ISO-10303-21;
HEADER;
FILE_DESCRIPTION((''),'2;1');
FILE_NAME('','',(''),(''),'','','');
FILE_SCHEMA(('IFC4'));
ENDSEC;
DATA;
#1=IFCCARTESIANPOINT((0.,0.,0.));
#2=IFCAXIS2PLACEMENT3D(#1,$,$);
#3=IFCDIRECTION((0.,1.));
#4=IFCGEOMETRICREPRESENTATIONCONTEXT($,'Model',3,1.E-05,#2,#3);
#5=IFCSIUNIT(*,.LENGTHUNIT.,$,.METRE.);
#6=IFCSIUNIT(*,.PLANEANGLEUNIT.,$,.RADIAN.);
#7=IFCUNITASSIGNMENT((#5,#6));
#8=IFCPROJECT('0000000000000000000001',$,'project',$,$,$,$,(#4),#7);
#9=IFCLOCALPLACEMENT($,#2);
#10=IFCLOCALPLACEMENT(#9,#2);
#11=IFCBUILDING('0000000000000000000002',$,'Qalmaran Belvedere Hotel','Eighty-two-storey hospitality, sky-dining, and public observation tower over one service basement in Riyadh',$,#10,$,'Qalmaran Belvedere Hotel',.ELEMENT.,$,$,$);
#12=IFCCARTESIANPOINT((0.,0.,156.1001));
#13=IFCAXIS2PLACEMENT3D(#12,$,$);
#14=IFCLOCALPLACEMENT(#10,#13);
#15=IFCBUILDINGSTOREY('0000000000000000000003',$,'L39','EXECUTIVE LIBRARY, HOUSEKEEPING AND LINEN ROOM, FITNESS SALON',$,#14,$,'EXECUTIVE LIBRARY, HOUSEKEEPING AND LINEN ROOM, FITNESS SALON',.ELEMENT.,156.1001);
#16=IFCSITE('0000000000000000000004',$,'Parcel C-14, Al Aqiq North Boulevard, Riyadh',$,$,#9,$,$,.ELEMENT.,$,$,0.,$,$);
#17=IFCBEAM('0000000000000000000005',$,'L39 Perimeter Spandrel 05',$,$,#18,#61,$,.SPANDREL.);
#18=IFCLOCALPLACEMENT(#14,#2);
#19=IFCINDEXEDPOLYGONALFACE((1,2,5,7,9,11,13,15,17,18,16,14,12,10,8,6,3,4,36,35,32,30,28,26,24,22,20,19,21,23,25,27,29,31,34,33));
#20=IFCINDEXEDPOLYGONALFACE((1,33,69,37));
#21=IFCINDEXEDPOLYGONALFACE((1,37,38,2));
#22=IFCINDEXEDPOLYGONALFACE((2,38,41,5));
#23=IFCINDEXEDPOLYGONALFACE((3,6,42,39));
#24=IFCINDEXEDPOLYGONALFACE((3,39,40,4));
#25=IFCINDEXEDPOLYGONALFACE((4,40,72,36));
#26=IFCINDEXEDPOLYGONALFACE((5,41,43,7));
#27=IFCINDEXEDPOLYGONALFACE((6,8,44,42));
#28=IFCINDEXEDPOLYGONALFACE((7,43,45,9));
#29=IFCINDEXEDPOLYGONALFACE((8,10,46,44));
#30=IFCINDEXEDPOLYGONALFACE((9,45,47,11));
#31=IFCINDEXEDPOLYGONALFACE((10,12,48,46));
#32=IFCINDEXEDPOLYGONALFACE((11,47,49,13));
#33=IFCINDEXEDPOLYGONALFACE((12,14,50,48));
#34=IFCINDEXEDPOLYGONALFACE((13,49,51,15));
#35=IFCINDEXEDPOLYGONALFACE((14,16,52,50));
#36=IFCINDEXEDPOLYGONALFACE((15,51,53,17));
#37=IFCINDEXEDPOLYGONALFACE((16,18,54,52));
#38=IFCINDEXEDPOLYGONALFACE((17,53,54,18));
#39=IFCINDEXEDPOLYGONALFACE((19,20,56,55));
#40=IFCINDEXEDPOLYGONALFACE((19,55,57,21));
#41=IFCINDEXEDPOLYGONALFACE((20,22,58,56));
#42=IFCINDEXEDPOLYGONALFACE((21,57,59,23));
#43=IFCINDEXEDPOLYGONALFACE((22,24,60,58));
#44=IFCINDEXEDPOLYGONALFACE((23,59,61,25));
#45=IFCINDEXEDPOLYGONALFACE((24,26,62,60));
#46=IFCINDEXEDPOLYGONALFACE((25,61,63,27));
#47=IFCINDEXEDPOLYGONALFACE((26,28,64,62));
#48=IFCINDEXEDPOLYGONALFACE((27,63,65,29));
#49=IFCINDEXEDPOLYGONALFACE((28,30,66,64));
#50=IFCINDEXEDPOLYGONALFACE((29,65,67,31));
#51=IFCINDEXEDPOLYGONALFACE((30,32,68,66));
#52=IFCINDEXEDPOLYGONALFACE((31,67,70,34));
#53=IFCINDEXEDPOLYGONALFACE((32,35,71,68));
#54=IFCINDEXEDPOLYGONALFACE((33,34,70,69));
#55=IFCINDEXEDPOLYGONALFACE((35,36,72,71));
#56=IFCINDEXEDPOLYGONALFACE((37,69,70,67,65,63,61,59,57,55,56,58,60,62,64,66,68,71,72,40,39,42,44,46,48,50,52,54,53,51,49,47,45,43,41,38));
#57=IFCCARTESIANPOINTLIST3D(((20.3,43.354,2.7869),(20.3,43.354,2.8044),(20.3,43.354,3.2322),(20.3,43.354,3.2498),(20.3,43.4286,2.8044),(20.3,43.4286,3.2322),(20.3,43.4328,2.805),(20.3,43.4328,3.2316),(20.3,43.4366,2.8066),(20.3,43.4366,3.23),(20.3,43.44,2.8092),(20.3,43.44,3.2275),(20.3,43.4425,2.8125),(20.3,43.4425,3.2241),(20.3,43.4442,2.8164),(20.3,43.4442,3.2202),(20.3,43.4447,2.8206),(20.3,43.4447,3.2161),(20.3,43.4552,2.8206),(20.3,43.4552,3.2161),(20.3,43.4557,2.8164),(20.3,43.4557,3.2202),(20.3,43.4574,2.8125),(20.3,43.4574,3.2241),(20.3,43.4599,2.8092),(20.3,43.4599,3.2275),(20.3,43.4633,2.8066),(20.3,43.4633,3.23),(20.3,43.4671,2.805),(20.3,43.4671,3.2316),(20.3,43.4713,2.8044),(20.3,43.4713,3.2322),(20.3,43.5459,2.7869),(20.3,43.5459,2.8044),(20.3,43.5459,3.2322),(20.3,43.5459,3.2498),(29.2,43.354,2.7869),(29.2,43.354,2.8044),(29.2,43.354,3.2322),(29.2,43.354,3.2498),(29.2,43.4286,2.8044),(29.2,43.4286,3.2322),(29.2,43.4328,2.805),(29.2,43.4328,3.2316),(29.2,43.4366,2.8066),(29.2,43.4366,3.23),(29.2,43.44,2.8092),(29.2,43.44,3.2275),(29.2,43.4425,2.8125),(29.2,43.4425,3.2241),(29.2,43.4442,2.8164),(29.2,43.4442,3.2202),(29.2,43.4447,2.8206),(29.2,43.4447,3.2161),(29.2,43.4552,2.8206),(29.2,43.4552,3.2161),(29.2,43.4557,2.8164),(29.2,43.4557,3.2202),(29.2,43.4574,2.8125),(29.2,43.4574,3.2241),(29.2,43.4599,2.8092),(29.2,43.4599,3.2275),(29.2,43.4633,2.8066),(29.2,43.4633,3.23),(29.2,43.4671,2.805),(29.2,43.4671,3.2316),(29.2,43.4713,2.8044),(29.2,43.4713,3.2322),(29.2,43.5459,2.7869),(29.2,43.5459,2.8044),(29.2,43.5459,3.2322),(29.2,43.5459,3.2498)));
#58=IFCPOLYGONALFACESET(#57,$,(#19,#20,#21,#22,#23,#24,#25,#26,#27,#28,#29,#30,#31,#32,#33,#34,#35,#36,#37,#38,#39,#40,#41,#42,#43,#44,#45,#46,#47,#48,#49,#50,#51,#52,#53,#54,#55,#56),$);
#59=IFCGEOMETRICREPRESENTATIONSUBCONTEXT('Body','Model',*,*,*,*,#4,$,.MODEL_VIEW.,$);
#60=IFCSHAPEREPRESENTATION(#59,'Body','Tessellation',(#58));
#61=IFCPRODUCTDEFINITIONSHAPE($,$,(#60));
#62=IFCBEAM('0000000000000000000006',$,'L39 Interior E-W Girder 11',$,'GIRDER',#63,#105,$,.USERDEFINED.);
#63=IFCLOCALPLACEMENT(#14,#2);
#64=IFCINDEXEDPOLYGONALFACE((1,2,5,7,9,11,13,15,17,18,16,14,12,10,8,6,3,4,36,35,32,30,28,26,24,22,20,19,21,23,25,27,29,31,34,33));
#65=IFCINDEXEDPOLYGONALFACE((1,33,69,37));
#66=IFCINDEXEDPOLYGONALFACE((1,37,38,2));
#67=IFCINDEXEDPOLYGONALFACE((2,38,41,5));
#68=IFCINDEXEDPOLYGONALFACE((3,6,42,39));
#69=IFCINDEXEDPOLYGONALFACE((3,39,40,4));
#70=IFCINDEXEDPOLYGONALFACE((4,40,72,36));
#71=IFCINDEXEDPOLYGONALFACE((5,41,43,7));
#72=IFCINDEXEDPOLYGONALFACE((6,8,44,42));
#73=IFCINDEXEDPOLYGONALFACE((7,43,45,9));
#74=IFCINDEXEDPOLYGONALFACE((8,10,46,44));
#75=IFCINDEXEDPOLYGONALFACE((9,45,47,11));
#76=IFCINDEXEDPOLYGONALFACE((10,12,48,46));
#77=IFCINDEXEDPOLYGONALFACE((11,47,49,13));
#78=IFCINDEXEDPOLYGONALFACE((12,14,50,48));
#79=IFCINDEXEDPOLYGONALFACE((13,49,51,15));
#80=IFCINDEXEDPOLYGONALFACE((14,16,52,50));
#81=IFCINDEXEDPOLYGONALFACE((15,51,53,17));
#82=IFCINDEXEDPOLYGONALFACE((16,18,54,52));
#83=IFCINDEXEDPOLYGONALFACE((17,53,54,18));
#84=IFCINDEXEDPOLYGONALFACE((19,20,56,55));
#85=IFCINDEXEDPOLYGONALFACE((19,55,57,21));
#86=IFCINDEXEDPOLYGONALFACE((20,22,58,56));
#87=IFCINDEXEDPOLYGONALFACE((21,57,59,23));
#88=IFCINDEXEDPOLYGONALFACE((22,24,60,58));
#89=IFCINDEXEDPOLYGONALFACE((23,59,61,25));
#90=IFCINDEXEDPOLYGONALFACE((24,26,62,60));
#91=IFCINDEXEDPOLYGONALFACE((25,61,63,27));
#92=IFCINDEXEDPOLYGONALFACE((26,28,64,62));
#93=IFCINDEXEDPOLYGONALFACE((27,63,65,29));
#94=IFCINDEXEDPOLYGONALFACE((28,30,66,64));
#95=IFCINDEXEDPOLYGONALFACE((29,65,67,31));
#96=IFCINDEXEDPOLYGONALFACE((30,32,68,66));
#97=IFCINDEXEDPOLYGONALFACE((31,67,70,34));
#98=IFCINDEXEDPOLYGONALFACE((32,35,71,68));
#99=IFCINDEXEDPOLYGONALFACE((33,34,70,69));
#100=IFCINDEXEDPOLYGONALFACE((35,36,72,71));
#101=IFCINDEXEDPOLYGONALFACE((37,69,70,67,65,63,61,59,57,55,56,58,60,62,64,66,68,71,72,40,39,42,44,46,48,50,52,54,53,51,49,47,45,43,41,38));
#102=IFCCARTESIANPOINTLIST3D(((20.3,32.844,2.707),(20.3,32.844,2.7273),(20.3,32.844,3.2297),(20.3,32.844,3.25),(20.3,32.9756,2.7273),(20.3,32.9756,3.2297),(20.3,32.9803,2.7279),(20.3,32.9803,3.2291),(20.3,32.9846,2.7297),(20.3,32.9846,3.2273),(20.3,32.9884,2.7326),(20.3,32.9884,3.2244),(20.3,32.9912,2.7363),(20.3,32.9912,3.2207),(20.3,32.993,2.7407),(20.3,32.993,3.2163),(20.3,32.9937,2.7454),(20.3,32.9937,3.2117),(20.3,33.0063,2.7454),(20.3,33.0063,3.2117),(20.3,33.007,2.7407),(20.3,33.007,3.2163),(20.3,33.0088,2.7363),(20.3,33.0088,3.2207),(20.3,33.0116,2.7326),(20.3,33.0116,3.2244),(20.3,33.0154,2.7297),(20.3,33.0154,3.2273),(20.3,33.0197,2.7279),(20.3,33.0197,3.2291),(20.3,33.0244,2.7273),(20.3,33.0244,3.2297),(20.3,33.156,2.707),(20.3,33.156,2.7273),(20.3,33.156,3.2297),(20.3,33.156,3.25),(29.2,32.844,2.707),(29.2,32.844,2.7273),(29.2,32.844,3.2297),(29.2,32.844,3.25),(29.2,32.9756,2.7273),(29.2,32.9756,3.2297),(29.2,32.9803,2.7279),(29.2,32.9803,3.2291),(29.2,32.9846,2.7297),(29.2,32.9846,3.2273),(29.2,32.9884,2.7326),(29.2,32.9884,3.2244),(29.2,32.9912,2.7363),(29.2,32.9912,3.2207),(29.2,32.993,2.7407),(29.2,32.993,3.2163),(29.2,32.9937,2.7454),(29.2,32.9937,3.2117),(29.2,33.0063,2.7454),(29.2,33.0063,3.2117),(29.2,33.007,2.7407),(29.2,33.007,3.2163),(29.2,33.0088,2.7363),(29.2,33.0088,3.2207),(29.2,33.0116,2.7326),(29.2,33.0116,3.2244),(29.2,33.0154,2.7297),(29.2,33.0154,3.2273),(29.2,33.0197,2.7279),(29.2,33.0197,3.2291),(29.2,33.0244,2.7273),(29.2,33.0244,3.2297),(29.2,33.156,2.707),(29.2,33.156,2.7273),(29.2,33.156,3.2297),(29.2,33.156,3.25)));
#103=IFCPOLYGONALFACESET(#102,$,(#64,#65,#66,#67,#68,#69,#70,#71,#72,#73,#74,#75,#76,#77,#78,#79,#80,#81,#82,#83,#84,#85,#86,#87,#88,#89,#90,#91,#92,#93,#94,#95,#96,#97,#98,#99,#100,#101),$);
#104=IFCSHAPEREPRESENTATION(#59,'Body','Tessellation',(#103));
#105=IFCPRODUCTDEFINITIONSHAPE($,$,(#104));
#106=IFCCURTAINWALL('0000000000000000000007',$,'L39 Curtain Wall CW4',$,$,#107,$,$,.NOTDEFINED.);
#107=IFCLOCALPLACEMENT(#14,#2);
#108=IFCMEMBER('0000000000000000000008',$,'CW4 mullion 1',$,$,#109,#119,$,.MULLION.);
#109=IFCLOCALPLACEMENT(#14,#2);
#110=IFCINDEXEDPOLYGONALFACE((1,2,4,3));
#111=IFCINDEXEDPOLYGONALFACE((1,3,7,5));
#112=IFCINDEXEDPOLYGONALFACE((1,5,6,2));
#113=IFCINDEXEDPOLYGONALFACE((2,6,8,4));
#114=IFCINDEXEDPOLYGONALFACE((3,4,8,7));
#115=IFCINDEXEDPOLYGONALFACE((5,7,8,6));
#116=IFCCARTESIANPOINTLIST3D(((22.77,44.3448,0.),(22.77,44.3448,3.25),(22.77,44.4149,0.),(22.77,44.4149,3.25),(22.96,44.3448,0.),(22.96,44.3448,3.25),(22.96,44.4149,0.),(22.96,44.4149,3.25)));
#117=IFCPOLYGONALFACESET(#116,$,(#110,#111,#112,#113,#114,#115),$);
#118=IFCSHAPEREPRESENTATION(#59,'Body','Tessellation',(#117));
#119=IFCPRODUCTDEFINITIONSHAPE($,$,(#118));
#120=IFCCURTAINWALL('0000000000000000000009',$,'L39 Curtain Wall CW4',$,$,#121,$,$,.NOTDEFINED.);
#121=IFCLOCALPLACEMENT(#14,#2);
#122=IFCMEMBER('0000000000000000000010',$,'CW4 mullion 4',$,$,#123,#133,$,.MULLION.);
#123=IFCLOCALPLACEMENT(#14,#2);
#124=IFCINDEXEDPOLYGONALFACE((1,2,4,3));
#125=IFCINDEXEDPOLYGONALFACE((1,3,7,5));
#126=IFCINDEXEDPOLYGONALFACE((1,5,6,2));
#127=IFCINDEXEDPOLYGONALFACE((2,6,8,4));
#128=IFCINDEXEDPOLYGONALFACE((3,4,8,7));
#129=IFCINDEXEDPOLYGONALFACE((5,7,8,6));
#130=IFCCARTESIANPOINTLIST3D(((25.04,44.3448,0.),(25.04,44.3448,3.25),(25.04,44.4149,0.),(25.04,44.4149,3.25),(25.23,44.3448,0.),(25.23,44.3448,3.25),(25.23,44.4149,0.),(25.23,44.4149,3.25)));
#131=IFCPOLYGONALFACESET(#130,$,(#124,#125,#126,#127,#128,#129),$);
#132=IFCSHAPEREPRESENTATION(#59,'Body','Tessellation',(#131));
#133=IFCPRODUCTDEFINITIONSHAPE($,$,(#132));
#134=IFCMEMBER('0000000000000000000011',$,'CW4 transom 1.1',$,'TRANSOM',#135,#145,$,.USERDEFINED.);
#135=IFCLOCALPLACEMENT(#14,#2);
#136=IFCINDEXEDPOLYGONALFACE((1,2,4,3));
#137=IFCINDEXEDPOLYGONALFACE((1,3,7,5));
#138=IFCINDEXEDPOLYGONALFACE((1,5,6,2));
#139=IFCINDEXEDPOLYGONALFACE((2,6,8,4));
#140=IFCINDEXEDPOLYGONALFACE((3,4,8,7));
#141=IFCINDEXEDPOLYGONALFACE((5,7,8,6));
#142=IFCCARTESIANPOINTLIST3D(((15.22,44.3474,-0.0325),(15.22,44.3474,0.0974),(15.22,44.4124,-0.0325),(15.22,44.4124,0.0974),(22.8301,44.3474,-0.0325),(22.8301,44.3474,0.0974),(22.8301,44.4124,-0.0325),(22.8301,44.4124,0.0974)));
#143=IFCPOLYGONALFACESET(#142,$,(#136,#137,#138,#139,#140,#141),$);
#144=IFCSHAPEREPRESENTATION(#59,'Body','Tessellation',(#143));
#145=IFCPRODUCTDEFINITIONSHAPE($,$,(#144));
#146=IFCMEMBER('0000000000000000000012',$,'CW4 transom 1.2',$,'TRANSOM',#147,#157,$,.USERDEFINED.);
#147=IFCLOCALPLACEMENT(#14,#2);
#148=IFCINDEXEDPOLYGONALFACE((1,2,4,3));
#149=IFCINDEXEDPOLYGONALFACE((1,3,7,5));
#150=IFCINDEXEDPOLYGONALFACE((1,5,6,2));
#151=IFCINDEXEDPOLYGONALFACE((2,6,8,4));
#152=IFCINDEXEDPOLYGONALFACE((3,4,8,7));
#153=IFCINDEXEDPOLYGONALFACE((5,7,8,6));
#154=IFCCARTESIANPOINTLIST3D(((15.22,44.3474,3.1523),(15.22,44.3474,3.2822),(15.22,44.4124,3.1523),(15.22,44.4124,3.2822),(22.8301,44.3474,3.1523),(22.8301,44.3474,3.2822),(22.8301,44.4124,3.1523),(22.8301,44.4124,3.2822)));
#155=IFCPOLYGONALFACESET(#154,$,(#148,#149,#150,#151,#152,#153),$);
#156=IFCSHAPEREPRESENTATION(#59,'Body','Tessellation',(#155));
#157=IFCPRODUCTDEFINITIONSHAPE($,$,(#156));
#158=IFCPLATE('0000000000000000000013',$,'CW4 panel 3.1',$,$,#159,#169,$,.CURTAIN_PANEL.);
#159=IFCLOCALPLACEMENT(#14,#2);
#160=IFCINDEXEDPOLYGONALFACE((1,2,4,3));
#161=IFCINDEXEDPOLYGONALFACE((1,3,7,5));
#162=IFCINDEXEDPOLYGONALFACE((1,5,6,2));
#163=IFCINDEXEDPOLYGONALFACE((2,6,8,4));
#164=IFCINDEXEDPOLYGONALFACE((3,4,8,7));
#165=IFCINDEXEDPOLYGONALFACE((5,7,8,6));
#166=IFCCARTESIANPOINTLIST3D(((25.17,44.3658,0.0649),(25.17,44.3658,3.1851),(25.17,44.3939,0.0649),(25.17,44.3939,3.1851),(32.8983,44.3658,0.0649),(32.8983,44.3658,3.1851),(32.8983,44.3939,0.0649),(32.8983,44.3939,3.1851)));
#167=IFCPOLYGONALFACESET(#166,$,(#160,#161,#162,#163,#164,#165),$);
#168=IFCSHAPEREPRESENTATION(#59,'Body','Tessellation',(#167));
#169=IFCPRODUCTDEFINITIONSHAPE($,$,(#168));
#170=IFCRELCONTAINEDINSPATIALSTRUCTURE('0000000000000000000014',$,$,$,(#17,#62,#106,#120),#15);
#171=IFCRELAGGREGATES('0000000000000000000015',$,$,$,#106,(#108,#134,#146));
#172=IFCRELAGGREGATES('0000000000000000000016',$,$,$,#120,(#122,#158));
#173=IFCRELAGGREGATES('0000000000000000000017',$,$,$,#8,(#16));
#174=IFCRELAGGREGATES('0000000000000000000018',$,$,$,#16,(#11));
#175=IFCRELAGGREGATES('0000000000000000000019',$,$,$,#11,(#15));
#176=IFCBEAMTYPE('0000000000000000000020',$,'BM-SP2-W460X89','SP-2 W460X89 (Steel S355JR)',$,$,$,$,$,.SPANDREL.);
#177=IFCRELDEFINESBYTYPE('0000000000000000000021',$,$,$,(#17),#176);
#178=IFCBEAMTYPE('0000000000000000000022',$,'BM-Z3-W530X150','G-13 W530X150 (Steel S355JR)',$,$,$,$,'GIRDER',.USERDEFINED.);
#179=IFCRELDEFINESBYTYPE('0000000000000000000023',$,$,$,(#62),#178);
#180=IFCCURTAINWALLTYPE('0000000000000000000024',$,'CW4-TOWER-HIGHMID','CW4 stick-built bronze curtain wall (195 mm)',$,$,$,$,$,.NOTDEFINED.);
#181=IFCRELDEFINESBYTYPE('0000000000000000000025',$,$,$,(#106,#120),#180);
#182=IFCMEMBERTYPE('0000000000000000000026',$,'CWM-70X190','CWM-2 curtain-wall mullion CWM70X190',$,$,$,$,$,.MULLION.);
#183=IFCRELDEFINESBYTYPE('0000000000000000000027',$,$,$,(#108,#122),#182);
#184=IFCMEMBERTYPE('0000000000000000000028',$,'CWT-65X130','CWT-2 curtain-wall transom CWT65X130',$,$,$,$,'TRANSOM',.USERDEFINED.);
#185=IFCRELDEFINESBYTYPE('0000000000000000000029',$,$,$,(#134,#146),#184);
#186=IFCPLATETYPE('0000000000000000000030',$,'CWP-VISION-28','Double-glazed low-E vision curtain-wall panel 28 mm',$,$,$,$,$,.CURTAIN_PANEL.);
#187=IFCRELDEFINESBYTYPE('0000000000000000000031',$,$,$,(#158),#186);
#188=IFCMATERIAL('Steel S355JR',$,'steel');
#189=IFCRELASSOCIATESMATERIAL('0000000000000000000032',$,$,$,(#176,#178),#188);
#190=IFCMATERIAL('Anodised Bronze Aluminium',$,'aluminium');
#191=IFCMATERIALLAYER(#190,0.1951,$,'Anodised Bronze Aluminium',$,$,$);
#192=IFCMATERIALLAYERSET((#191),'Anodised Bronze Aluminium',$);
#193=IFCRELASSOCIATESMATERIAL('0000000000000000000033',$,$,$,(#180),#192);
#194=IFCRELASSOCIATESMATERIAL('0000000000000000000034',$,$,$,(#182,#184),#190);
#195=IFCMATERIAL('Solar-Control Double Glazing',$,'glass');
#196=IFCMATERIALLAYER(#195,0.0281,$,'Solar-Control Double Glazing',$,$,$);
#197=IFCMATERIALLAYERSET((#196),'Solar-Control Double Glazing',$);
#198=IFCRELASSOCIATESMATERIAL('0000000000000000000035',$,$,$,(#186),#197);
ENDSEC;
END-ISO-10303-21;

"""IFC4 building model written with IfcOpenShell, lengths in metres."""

from ifc_helpers import new_model, si_unit, direction, frame, origin, origin_2d, place, context, subcontext, project, spatial, rectangle, i_section, extrude, material, layer, layer_set, material_profile, profile_set, type_object, element, aggregate, save


model = new_model("IFC4")

# Units and contexts
model_context = context("Model", 3, precision=1e-05, world=origin(), true_north=direction((0.0, 1.0)))
body_context = subcontext(model_context, "Body", "Model", "MODEL_VIEW")
ifc_project = project(units=[si_unit("LENGTHUNIT", "METRE"), si_unit("PLANEANGLEUNIT", "RADIAN")], contexts=[model_context])

# Site, building, storey
site_placement = place(None, origin())
site = spatial("IfcSite", under=ifc_project, at=site_placement, Name="Parcel C-14, Al Aqiq North Boulevard, Riyadh", CompositionType="ELEMENT", RefElevation=0.0)
building_placement = place(site_placement, origin())
building = spatial("IfcBuilding", under=site, at=building_placement, Name="Qalmaran Belvedere Hotel", Description="Eighty-two-storey hospitality, sky-dining, and public observation tower over one service basement in Riyadh", LongName="Qalmaran Belvedere Hotel", CompositionType="ELEMENT")
storey_placement = place(building_placement, frame((0.0, 0.0, 156.1001)))
storey = spatial("IfcBuildingStorey", under=building, at=storey_placement, Name="L39", Description="EXECUTIVE LIBRARY, HOUSEKEEPING AND LINEN ROOM, FITNESS SALON", LongName="EXECUTIVE LIBRARY, HOUSEKEEPING AND LINEN ROOM, FITNESS SALON", CompositionType="ELEMENT", Elevation=156.1001)

# Beams
ifc_material_1 = material(Name="Steel S355JR", Category="steel")
ifc_material_profile_1 = material_profile(ifc_material_1, i_section(OverallWidth=0.1919, OverallDepth=0.4629, WebThickness=0.0105, FlangeThickness=0.0176, FilletRadius=0.0161, at=origin_2d()), Name="W460X89")
ifc_profile_set_1 = profile_set([ifc_material_profile_1], Name="Steel S355JR")
beam_type_1 = type_object("IfcBeamType", Name="BM-SP2-W460X89", Description="SP-2 W460X89 (Steel S355JR)", PredefinedType="SPANDREL", material=ifc_profile_set_1)
beam_1_placement = place(storey_placement, frame((20.3, 43.45, 3.0183), z_axis=(1.0, 0.0, 0.0), x_axis=(0.0, 1.0, 0.0)))
element("IfcBeam", 1, at=beam_1_placement, inside=storey, type_object=beam_type_1, Name="L39 Perimeter Spandrel 05", PredefinedType="SPANDREL", context=body_context, shape_type="SweptSolid", body=[
    extrude(i_section(OverallWidth=0.1919, OverallDepth=0.4629, WebThickness=0.0105, FlangeThickness=0.0176, FilletRadius=0.0161, at=origin_2d()), origin(), (0.0, 0.0, 1.0), 8.8999),
])
ifc_material_profile_2 = material_profile(ifc_material_1, i_section(OverallWidth=0.312, OverallDepth=0.543, WebThickness=0.0127, FlangeThickness=0.0203, FilletRadius=0.0181, at=origin_2d()), Name="W530X150")
ifc_profile_set_2 = profile_set([ifc_material_profile_2], Name="Steel S355JR")
beam_type_2 = type_object("IfcBeamType", Name="BM-Z3-W530X150", Description="G-13 W530X150 (Steel S355JR)", ElementType="GIRDER", PredefinedType="USERDEFINED", material=ifc_profile_set_2)
beam_2_placement = place(storey_placement, frame((20.3, 33.0, 2.9785), z_axis=(1.0, 0.0, 0.0), x_axis=(0.0, 1.0, 0.0)))
element("IfcBeam", 2, at=beam_2_placement, inside=storey, type_object=beam_type_2, Name="L39 Interior E-W Girder 11", ObjectType="GIRDER", PredefinedType="USERDEFINED", context=body_context, shape_type="SweptSolid", body=[
    extrude(i_section(OverallWidth=0.312, OverallDepth=0.543, WebThickness=0.0127, FlangeThickness=0.0203, FilletRadius=0.0181, at=origin_2d()), origin(), (0.0, 0.0, 1.0), 8.8999),
])

# Curtain walls, members
ifc_material_2 = material(Name="Anodised Bronze Aluminium", Category="aluminium")
ifc_layer_1 = layer(ifc_material_2, 0.1951, Name="Anodised Bronze Aluminium")
ifc_layer_set_1 = layer_set([ifc_layer_1], Name="Anodised Bronze Aluminium")
curtain_wall_type = type_object("IfcCurtainWallType", Name="CW4-TOWER-HIGHMID", Description="CW4 stick-built bronze curtain wall (195 mm)", PredefinedType="NOTDEFINED", material=ifc_layer_set_1)
curtain_wall_1_placement = place(storey_placement, origin())
curtain_wall_1 = element("IfcCurtainWall", 3, at=curtain_wall_1_placement, inside=storey, type_object=curtain_wall_type, Name="L39 Curtain Wall CW4", PredefinedType="NOTDEFINED")
ifc_material_profile_3 = material_profile(ifc_material_2, rectangle(XDim=0.0701, YDim=0.1899, at=origin_2d()), Name="CWM70X190")
ifc_profile_set_3 = profile_set([ifc_material_profile_3], Name="Anodised Bronze Aluminium")
member_type_1 = type_object("IfcMemberType", Name="CWM-70X190", Description="CWM-2 curtain-wall mullion CWM70X190", PredefinedType="MULLION", material=ifc_profile_set_3)
member_1_placement = place(storey_placement, frame((22.865, 44.3799, 0.0), z_axis=(0.0, 0.0, 1.0), x_axis=(0.0, -1.0, 0.0)))
member_1 = element("IfcMember", 4, at=member_1_placement, type_object=member_type_1, Name="CW4 mullion 1", PredefinedType="MULLION", context=body_context, shape_type="SweptSolid", body=[
    extrude(rectangle(XDim=0.0701, YDim=0.1899, at=origin_2d()), origin(), (0.0, 0.0, 1.0), 3.25),
])
curtain_wall_2_placement = place(storey_placement, origin())
curtain_wall_2 = element("IfcCurtainWall", 5, at=curtain_wall_2_placement, inside=storey, type_object=curtain_wall_type, Name="L39 Curtain Wall CW4", PredefinedType="NOTDEFINED")
member_2_placement = place(storey_placement, frame((25.135, 44.3799, 0.0), z_axis=(0.0, 0.0, 1.0), x_axis=(0.0, -1.0, 0.0)))
member_2 = element("IfcMember", 6, at=member_2_placement, type_object=member_type_1, Name="CW4 mullion 4", PredefinedType="MULLION", context=body_context, shape_type="SweptSolid", body=[
    extrude(rectangle(XDim=0.0701, YDim=0.1899, at=origin_2d()), origin(), (0.0, 0.0, 1.0), 3.25),
])

# Members
ifc_material_profile_4 = material_profile(ifc_material_2, rectangle(XDim=0.0649, YDim=0.1299, at=origin_2d()), Name="CWT65X130")
ifc_profile_set_4 = profile_set([ifc_material_profile_4], Name="Anodised Bronze Aluminium")
member_type_2 = type_object("IfcMemberType", Name="CWT-65X130", Description="CWT-2 curtain-wall transom CWT65X130", ElementType="TRANSOM", PredefinedType="USERDEFINED", material=ifc_profile_set_4)
member_3_placement = place(storey_placement, frame((22.8301, 44.3799, 0.0325), z_axis=(-1.0, 0.0, 0.0), x_axis=(0.0, -1.0, 0.0)))
member_3 = element("IfcMember", 7, at=member_3_placement, type_object=member_type_2, Name="CW4 transom 1.1", ObjectType="TRANSOM", PredefinedType="USERDEFINED", context=body_context, shape_type="SweptSolid", body=[
    extrude(rectangle(XDim=0.0649, YDim=0.1299, at=origin_2d()), origin(), (0.0, 0.0, 1.0), 7.6101),
])
member_4_placement = place(storey_placement, frame((22.8301, 44.3799, 3.2173), z_axis=(-1.0, 0.0, 0.0), x_axis=(0.0, -1.0, 0.0)))
member_4 = element("IfcMember", 8, at=member_4_placement, type_object=member_type_2, Name="CW4 transom 1.2", ObjectType="TRANSOM", PredefinedType="USERDEFINED", context=body_context, shape_type="SweptSolid", body=[
    extrude(rectangle(XDim=0.0649, YDim=0.1299, at=origin_2d()), origin(), (0.0, 0.0, 1.0), 7.6101),
])
aggregate(curtain_wall_1, [member_1, member_3, member_4])

# Plate
ifc_material_3 = material(Name="Solar-Control Double Glazing", Category="glass")
ifc_layer_2 = layer(ifc_material_3, 0.0281, Name="Solar-Control Double Glazing")
ifc_layer_set_2 = layer_set([ifc_layer_2], Name="Solar-Control Double Glazing")
plate_type = type_object("IfcPlateType", Name="CWP-VISION-28", Description="Double-glazed low-E vision curtain-wall panel 28 mm", PredefinedType="CURTAIN_PANEL", material=ifc_layer_set_2)
plate_placement = place(storey_placement, frame((29.0342, 44.3799, 0.0649), z_axis=(0.0, 0.0, 1.0), x_axis=(-1.0, 0.0, 0.0)))
plate = element("IfcPlate", 9, at=plate_placement, type_object=plate_type, Name="CW4 panel 3.1", PredefinedType="CURTAIN_PANEL", context=body_context, shape_type="SweptSolid", body=[
    extrude(rectangle(XDim=7.7283, YDim=0.0281, at=origin_2d()), origin(), (0.0, 0.0, 1.0), 3.1201),
])
aggregate(curtain_wall_2, [member_2, plate])

save(model, "model.ifc")
